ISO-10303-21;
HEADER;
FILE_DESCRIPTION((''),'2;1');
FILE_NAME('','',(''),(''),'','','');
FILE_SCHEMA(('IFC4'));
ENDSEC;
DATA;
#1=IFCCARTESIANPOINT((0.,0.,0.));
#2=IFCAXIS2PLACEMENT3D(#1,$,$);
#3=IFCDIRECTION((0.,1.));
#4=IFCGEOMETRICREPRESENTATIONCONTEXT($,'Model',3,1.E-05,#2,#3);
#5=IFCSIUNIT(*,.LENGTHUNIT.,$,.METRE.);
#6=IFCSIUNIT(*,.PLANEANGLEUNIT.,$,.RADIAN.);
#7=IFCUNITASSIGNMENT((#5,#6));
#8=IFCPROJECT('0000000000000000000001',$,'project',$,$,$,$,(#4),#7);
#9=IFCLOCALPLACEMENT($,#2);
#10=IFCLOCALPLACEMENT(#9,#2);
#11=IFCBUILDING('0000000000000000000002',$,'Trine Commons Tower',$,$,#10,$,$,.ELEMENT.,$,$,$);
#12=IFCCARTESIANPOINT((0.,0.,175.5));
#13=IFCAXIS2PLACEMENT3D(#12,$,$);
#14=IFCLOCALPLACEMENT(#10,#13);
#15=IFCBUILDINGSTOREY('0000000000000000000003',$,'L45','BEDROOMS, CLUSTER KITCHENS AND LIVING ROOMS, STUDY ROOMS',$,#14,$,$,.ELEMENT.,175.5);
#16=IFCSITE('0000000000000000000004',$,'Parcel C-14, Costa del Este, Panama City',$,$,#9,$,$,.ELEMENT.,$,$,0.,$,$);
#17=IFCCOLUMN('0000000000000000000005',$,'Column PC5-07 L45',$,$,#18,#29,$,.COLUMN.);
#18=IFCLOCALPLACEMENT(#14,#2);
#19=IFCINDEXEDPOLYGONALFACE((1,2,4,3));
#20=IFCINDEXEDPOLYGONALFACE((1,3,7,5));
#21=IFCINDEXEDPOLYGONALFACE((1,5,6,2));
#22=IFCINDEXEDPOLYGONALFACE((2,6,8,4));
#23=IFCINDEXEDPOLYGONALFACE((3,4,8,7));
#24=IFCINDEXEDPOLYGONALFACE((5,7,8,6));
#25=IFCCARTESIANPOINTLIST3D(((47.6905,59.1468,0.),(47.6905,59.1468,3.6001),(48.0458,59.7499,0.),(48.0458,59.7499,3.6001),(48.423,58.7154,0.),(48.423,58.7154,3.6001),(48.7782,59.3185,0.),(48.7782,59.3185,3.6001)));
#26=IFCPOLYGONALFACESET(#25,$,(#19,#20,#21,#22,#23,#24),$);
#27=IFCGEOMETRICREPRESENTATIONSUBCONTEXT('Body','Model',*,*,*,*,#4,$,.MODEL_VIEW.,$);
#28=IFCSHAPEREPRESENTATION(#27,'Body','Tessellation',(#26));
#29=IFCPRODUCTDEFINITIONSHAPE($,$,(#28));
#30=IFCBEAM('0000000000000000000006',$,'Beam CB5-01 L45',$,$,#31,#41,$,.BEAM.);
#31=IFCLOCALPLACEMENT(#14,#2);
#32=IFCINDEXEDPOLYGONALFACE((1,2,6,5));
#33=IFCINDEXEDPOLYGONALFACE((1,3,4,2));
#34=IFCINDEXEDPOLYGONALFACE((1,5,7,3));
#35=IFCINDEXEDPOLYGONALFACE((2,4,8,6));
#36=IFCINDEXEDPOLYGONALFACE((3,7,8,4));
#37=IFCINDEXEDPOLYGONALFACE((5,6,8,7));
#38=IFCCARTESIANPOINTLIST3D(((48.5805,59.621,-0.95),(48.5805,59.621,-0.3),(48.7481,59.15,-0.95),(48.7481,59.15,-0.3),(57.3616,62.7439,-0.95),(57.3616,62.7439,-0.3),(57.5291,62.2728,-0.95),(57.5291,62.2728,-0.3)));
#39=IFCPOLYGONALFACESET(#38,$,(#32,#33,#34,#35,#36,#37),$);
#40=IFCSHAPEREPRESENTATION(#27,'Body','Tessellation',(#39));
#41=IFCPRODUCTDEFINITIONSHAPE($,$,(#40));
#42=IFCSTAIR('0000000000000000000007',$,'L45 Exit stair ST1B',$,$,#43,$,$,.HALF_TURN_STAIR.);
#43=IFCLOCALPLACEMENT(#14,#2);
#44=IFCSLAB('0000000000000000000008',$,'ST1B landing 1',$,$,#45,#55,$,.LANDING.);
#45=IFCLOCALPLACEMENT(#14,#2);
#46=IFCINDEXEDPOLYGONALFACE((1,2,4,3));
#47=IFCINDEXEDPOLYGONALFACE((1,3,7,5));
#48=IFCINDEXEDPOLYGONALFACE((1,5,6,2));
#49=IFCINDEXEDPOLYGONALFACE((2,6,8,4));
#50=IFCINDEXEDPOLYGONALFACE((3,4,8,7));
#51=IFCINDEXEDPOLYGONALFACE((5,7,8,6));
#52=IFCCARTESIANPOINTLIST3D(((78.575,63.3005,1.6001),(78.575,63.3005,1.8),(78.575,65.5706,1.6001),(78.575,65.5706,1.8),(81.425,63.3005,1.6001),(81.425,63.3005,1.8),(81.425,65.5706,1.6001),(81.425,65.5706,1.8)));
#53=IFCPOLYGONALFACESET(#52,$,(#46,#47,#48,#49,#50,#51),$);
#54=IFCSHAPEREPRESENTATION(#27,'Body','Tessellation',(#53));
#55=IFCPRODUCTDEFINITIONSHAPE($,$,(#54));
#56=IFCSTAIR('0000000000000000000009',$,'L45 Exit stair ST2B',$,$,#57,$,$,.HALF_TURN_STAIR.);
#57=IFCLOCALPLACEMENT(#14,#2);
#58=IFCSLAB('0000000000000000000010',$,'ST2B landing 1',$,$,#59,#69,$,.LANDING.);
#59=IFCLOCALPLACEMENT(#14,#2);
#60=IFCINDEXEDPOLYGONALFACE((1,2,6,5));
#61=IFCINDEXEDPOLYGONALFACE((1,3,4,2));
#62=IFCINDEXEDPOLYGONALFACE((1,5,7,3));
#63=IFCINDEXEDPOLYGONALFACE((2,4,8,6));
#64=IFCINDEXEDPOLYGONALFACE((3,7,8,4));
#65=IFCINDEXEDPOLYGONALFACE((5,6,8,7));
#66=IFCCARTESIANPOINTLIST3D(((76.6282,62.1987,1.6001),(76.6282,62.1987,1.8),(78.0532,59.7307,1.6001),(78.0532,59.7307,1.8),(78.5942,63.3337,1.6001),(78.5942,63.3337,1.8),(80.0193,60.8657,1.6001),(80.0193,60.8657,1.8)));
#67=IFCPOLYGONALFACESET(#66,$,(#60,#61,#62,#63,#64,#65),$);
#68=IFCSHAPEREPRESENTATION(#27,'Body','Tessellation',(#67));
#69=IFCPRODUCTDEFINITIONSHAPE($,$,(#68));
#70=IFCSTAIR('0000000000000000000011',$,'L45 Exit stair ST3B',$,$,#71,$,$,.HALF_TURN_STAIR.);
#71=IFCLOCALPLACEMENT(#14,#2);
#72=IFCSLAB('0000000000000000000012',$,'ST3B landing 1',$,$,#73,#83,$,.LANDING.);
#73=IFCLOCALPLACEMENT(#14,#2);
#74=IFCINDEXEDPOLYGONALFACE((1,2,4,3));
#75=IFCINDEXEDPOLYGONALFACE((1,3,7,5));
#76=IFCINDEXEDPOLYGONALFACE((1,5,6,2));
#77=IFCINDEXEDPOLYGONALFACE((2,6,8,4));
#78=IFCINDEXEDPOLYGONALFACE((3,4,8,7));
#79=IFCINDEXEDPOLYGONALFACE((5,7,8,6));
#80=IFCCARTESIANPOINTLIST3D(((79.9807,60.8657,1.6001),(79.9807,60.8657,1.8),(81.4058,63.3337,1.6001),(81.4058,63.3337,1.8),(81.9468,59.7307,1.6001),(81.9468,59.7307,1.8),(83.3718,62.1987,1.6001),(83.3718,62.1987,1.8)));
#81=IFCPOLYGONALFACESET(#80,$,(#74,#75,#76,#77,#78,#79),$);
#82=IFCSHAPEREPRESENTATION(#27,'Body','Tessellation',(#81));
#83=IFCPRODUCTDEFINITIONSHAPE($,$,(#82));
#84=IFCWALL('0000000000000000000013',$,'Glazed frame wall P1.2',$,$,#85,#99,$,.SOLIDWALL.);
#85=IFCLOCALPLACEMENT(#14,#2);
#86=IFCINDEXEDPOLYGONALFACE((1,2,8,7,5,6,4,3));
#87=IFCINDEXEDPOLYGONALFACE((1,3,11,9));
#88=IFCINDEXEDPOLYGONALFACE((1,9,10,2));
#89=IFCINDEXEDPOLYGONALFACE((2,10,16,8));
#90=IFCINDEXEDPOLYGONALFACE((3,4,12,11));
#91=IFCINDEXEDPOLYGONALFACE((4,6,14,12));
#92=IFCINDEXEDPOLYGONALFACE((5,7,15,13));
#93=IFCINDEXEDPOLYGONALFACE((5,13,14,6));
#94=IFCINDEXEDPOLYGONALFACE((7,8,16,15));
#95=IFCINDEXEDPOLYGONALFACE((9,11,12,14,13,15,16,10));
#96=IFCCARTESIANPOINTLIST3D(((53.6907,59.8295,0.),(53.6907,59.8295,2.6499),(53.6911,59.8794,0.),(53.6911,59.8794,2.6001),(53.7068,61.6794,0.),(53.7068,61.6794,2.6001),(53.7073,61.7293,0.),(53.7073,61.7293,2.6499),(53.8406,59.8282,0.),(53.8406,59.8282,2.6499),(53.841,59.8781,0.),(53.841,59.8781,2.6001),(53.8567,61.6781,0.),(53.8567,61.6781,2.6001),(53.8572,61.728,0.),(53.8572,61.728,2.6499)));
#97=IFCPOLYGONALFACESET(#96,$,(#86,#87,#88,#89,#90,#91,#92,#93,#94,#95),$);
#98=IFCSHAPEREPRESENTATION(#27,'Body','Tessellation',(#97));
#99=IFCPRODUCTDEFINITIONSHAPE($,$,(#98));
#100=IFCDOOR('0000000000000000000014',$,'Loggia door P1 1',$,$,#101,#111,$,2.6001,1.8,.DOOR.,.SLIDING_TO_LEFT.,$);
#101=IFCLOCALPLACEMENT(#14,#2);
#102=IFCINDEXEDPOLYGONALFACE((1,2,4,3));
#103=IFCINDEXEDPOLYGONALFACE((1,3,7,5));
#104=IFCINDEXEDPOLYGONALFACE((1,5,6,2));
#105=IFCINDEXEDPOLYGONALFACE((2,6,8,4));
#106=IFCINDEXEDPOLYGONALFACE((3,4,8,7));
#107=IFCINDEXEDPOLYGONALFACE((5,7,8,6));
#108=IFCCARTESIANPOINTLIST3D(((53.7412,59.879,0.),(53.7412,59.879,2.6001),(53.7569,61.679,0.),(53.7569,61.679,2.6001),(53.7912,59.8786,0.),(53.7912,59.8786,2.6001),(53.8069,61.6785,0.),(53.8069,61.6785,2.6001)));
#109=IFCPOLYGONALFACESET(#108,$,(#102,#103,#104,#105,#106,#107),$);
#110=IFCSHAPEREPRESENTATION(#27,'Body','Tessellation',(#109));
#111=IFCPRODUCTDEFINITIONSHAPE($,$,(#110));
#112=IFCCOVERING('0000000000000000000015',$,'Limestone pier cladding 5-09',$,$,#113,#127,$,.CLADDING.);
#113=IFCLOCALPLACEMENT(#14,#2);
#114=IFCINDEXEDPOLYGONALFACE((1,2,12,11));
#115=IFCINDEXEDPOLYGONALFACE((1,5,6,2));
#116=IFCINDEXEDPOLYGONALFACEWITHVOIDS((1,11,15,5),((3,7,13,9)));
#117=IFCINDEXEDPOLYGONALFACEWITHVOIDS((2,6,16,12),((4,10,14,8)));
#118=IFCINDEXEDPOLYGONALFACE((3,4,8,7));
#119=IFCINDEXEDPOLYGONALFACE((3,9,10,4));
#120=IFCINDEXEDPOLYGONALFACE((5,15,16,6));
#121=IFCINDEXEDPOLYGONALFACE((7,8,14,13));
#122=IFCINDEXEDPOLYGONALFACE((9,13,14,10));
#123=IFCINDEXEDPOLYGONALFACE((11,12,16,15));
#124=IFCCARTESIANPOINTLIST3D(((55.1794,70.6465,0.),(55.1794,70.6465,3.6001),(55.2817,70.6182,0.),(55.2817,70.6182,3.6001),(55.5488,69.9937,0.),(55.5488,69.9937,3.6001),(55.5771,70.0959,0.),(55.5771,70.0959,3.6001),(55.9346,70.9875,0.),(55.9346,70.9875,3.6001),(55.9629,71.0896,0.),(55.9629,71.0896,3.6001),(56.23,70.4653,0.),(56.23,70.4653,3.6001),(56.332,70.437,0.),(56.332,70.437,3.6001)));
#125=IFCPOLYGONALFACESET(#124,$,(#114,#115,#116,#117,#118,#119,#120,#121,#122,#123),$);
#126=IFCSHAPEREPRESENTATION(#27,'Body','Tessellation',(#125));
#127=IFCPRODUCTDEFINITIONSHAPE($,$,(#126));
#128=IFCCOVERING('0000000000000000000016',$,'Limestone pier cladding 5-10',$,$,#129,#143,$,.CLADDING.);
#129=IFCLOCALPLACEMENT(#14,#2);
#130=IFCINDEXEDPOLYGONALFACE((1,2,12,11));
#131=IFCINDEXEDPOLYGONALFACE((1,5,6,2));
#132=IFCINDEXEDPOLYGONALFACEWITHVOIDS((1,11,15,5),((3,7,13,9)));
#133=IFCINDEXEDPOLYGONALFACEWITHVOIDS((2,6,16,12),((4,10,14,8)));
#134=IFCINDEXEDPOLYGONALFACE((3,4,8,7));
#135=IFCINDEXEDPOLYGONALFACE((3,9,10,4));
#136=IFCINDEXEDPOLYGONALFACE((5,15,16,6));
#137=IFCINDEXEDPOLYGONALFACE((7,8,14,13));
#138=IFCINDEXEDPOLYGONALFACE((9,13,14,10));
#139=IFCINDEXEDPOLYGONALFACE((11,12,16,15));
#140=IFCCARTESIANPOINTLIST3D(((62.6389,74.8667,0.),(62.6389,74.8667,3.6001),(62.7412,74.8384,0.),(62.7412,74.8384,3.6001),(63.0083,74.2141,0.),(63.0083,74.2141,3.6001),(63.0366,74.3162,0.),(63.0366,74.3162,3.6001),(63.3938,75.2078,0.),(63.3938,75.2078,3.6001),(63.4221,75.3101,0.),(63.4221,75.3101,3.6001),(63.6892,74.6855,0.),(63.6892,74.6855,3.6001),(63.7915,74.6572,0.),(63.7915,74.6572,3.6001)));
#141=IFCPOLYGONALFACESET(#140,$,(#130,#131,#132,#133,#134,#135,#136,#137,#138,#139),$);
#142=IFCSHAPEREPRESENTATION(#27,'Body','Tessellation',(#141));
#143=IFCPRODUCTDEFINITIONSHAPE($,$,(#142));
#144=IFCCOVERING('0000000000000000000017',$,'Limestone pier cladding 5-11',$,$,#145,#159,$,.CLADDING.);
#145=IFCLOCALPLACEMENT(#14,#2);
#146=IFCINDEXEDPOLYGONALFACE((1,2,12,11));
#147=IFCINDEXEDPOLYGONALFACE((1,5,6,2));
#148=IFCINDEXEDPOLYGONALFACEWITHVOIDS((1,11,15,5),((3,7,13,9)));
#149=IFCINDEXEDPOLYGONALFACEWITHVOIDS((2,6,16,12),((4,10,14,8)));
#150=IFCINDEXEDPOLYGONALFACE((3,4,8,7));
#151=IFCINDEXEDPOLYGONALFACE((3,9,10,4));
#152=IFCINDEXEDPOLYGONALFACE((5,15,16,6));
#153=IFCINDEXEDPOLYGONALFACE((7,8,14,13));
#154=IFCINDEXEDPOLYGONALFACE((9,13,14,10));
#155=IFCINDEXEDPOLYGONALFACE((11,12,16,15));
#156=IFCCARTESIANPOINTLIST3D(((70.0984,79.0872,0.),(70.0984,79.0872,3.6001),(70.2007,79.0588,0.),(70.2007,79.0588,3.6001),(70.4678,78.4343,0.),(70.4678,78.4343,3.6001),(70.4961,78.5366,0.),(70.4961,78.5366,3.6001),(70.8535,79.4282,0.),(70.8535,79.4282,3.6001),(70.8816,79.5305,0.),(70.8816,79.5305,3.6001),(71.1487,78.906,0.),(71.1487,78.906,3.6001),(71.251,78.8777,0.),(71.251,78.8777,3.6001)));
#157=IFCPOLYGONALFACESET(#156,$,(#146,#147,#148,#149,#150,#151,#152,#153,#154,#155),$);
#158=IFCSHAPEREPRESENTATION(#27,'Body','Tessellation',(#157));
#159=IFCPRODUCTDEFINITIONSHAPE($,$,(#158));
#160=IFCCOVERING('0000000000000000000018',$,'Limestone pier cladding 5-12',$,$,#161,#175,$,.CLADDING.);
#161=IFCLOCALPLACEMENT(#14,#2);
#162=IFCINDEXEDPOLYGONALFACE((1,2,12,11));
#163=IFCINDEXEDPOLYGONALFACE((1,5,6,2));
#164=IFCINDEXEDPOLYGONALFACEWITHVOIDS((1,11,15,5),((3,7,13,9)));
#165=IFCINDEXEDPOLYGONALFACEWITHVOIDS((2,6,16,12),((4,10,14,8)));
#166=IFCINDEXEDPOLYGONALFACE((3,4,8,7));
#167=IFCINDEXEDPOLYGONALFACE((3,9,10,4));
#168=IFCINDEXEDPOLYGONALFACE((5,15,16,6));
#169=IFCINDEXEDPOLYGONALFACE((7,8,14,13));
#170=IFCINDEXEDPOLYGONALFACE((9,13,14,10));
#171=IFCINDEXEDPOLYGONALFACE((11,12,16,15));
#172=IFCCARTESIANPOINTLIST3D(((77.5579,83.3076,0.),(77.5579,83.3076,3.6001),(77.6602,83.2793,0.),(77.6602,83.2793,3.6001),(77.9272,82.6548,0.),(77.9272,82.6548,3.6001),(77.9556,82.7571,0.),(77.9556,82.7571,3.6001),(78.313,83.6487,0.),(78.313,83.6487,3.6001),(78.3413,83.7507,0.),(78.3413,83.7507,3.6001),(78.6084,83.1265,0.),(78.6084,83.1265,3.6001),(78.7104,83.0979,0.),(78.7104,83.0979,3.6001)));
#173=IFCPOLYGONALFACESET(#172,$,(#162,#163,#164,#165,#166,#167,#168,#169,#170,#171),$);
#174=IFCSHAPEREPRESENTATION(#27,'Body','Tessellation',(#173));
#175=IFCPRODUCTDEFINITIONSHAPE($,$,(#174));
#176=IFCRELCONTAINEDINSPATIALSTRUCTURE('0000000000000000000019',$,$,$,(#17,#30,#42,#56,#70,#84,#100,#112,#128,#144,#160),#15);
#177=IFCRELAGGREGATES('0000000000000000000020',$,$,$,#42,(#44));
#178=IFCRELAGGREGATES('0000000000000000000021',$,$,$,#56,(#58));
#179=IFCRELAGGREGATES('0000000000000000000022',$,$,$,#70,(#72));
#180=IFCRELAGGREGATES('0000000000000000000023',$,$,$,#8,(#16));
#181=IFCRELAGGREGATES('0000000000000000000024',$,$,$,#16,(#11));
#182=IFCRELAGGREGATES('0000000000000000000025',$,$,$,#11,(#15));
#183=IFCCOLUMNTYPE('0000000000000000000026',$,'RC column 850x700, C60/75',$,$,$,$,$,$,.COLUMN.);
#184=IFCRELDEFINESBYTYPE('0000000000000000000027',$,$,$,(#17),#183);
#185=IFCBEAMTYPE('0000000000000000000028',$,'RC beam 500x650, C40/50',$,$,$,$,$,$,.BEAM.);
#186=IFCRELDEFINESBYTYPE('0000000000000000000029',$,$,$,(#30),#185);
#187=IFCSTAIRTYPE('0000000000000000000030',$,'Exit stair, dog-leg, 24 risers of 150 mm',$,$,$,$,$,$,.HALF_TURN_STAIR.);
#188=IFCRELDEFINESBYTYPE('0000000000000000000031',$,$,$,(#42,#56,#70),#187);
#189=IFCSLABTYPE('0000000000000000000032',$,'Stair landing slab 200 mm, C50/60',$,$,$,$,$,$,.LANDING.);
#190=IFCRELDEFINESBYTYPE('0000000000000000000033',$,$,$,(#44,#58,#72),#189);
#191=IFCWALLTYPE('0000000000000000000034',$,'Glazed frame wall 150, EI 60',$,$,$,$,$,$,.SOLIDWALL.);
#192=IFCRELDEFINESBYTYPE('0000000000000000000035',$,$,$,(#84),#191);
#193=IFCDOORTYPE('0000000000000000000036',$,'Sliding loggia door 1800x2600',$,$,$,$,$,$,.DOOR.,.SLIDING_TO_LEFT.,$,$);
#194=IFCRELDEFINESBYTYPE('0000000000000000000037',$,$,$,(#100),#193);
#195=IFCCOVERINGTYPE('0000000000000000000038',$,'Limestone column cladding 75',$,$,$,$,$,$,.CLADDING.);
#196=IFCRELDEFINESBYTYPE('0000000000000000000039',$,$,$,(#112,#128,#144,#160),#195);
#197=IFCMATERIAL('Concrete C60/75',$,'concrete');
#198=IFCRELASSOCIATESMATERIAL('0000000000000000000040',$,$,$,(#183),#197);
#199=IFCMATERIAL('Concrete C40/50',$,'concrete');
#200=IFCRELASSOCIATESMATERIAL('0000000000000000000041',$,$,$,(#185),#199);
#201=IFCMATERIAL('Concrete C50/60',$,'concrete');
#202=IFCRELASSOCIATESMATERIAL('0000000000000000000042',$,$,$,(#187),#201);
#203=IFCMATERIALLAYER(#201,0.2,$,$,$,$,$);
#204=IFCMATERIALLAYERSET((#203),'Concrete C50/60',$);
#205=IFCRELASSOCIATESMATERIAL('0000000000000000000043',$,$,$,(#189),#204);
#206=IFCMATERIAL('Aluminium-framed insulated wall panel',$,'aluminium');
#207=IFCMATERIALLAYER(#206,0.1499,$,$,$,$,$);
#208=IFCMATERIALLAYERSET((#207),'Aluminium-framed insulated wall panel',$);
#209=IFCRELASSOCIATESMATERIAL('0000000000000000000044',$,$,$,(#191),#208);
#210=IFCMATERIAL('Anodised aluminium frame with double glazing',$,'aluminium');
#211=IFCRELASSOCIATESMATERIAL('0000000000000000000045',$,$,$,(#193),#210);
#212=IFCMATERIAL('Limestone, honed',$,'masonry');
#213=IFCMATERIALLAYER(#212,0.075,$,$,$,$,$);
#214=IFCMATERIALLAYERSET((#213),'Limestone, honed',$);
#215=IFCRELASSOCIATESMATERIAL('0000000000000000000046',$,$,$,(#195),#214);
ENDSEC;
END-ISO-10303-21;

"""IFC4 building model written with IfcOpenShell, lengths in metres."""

from ifc_helpers import new_model, si_unit, direction, frame, frame_2d, origin, origin_2d, place, context, subcontext, project, spatial, polyline, rectangle, outline, extrude, material, layer, layer_set, material_profile, profile_set, type_object, element, fill, aggregate, save


model = new_model("IFC4")

# Units and contexts
model_context = context("Model", 3, precision=1e-05, world=origin(), true_north=direction((0.0, 1.0)))
body_context = subcontext(model_context, "Body", "Model", "MODEL_VIEW")
ifc_project = project(units=[si_unit("LENGTHUNIT", "METRE"), si_unit("PLANEANGLEUNIT", "RADIAN")], contexts=[model_context])

# Site, building, storey
site_placement = place(None, origin())
site = spatial("IfcSite", under=ifc_project, at=site_placement, Name="Parcel C-14, Costa del Este, Panama City", CompositionType="ELEMENT", RefElevation=0.0)
building_placement = place(site_placement, origin())
building = spatial("IfcBuilding", under=site, at=building_placement, Name="Trine Commons Tower", CompositionType="ELEMENT")
storey_placement = place(building_placement, frame((0.0, 0.0, 175.5)))
storey = spatial("IfcBuildingStorey", under=building, at=storey_placement, Name="L45", Description="BEDROOMS, CLUSTER KITCHENS AND LIVING ROOMS, STUDY ROOMS", CompositionType="ELEMENT", Elevation=175.5)

# Column
ifc_material_1 = material(Name="Concrete C60/75", Category="concrete")
ifc_material_profile_1 = material_profile(ifc_material_1, rectangle(XDim=0.8501, YDim=0.7, at=origin_2d()), Name="RC 850x700")
ifc_profile_set_1 = profile_set([ifc_material_profile_1], Name="Concrete C60/75")
column_type = type_object("IfcColumnType", Name="RC column 850x700, C60/75", PredefinedType="COLUMN", material=ifc_profile_set_1)
column_placement = place(storey_placement, frame((48.2344, 59.2327, 0.0), z_axis=(0.0, 0.0, 1.0), x_axis=(-0.861629, 0.507538, 0.0)))
element("IfcColumn", 1, at=column_placement, inside=storey, type_object=column_type, Name="Column PC5-07 L45", PredefinedType="COLUMN", context=body_context, shape_type="SweptSolid", body=[
    extrude(rectangle(XDim=0.8501, YDim=0.7, at=origin_2d()), origin(), (0.0, 0.0, 1.0), 3.6001),
])

# Beam
ifc_material_2 = material(Name="Concrete C40/50", Category="concrete")
ifc_material_profile_2 = material_profile(ifc_material_2, rectangle(XDim=0.5, YDim=0.6499, at=origin_2d()), Name="RC 500x650")
ifc_profile_set_2 = profile_set([ifc_material_profile_2], Name="Concrete C40/50")
beam_type = type_object("IfcBeamType", Name="RC beam 500x650, C40/50", PredefinedType="BEAM", material=ifc_profile_set_2)
beam_placement = place(storey_placement, frame((48.6643, 59.3855, -0.625), z_axis=(0.942192, 0.335073, 0.0), x_axis=(-0.335073, 0.942192, 0.0)))
element("IfcBeam", 2, at=beam_placement, inside=storey, type_object=beam_type, Name="Beam CB5-01 L45", PredefinedType="BEAM", context=body_context, shape_type="SweptSolid", body=[
    extrude(rectangle(XDim=0.5, YDim=0.6499, at=origin_2d()), origin(), (0.0, 0.0, 1.0), 9.3198),
])

# Stairs, slabs
ifc_material_3 = material(Name="Concrete C50/60", Category="concrete")
stair_type = type_object("IfcStairType", Name="Exit stair, dog-leg, 24 risers of 150 mm", PredefinedType="HALF_TURN_STAIR", material=ifc_material_3)
stair_1_placement = place(storey_placement, origin())
stair_1 = element("IfcStair", 3, at=stair_1_placement, inside=storey, type_object=stair_type, Name="L45 Exit stair ST1B", PredefinedType="HALF_TURN_STAIR")
ifc_layer_1 = layer(ifc_material_3, 0.2)
ifc_layer_set_1 = layer_set([ifc_layer_1], Name="Concrete C50/60")
slab_type = type_object("IfcSlabType", Name="Stair landing slab 200 mm, C50/60", PredefinedType="LANDING", material=ifc_layer_set_1)
slab_1_placement = place(storey_placement, frame((0.0, 0.0, 1.6001)))
slab_1 = element("IfcSlab", 4, at=slab_1_placement, type_object=slab_type, Name="ST1B landing 1", PredefinedType="LANDING", context=body_context, shape_type="SweptSolid", body=[
    extrude(outline(polyline([(78.575, 65.5706), (78.575, 63.3005), (81.425, 63.3005), (81.425, 65.5706), (78.575, 65.5706)])), origin(), (0.0, 0.0, 1.0), 0.2),
])
aggregate(stair_1, [slab_1])
stair_2_placement = place(storey_placement, origin())
stair_2 = element("IfcStair", 5, at=stair_2_placement, inside=storey, type_object=stair_type, Name="L45 Exit stair ST2B", PredefinedType="HALF_TURN_STAIR")
slab_2_placement = place(storey_placement, frame((0.0, 0.0, 1.6001)))
slab_2 = element("IfcSlab", 6, at=slab_2_placement, type_object=slab_type, Name="ST2B landing 1", PredefinedType="LANDING", context=body_context, shape_type="SweptSolid", body=[
    extrude(outline(polyline([(78.0532, 59.7307), (80.0193, 60.8657), (78.5942, 63.3337), (76.6282, 62.1987), (78.0532, 59.7307)])), origin(), (0.0, 0.0, 1.0), 0.2),
])
aggregate(stair_2, [slab_2])
stair_3_placement = place(storey_placement, origin())
stair_3 = element("IfcStair", 7, at=stair_3_placement, inside=storey, type_object=stair_type, Name="L45 Exit stair ST3B", PredefinedType="HALF_TURN_STAIR")
slab_3_placement = place(storey_placement, frame((0.0, 0.0, 1.6001)))
slab_3 = element("IfcSlab", 8, at=slab_3_placement, type_object=slab_type, Name="ST3B landing 1", PredefinedType="LANDING", context=body_context, shape_type="SweptSolid", body=[
    extrude(outline(polyline([(83.3718, 62.1987), (81.4058, 63.3337), (79.9807, 60.8657), (81.9468, 59.7307), (83.3718, 62.1987)])), origin(), (0.0, 0.0, 1.0), 0.2),
])
aggregate(stair_3, [slab_3])

# Shared definitions
ifc_material_4 = material(Name="Aluminium-framed insulated wall panel", Category="aluminium")
ifc_layer_2 = layer(ifc_material_4, 0.1499)
ifc_layer_set_2 = layer_set([ifc_layer_2], Name="Aluminium-framed insulated wall panel")
wall_type = type_object("IfcWallType", Name="Glazed frame wall 150, EI 60", PredefinedType="SOLIDWALL", material=ifc_layer_set_2)

# Wall, opening, door
wall_1_placement = place(storey_placement, frame((53.7656, 59.8289, 0.0), z_axis=(0.0, 0.0, 1.0), x_axis=(0.008738, 0.999962, 0.0)))
wall_1 = element("IfcWall", 9, at=wall_1_placement, inside=storey, type_object=wall_type, Name="Glazed frame wall P1.2", PredefinedType="SOLIDWALL", context=body_context, shape_type="SweptSolid", body=[
    extrude(outline(polyline([(0.0, -0.075), (1.8999, -0.075), (1.8999, 0.075), (0.0, 0.075), (0.0, -0.075)])), origin(), (0.0, 0.0, 1.0), 2.6499),
])
opening_placement = place(wall_1_placement, frame((0.05, 0.0, 0.0)))
opening = element("IfcOpeningElement", 10, at=opening_placement, cuts=wall_1, PredefinedType="OPENING", context=body_context, shape_type="SweptSolid", body=[
    extrude(rectangle(XDim=1.8, YDim=2.6001, at=frame_2d((0.8999, 1.3))), frame((0.0, 0.085, 0.0), z_axis=(0.0, -1.0, 0.0), x_axis=(1.0, 0.0, 0.0)), (0.0, 0.0, 1.0), 0.1699),
])
ifc_material_5 = material(Name="Anodised aluminium frame with double glazing", Category="aluminium")
door_type = type_object("IfcDoorType", Name="Sliding loggia door 1800x2600", OperationType="SLIDING_TO_LEFT", PredefinedType="DOOR", material=ifc_material_5)
door_placement = place(opening_placement, origin())
door = element("IfcDoor", 11, at=door_placement, inside=storey, type_object=door_type, Name="Loggia door P1 1", OperationType="SLIDING_TO_LEFT", OverallHeight=2.6001, OverallWidth=1.8, PredefinedType="DOOR", context=body_context, shape_type="SweptSolid", body=[
    extrude(rectangle(XDim=1.8, YDim=2.6001, at=frame_2d((0.8999, 1.3))), frame((0.0, 0.0249, 0.0), z_axis=(0.0, -1.0, 0.0), x_axis=(1.0, 0.0, 0.0)), (0.0, 0.0, 1.0), 0.05),
])
fill(opening, door)

# Coverings
ifc_material_6 = material(Name="Limestone, honed", Category="masonry")
ifc_layer_3 = layer(ifc_material_6, 0.075)
ifc_layer_set_3 = layer_set([ifc_layer_3], Name="Limestone, honed")
covering_type_1 = type_object("IfcCoveringType", Name="Limestone column cladding 75", PredefinedType="CLADDING", material=ifc_layer_set_3)
covering_1_placement = place(storey_placement, origin())
element("IfcCovering", 12, at=covering_1_placement, inside=storey, type_object=covering_type_1, Name="Limestone pier cladding 5-09", PredefinedType="CLADDING", context=body_context, shape_type="SweptSolid", body=[
    extrude(outline(polyline([(56.332, 70.437), (55.9629, 71.0896), (55.1794, 70.6465), (55.5488, 69.9937), (56.332, 70.437)]), holes=[polyline([(56.23, 70.4653), (55.9346, 70.9875), (55.2817, 70.6182), (55.5771, 70.0959), (56.23, 70.4653)])]), origin(), (0.0, 0.0, 1.0), 3.6001),
])
covering_2_placement = place(storey_placement, origin())
element("IfcCovering", 13, at=covering_2_placement, inside=storey, type_object=covering_type_1, Name="Limestone pier cladding 5-10", PredefinedType="CLADDING", context=body_context, shape_type="SweptSolid", body=[
    extrude(outline(polyline([(63.7915, 74.6572), (63.4221, 75.3101), (62.6389, 74.8667), (63.0083, 74.2141), (63.7915, 74.6572)]), holes=[polyline([(63.6892, 74.6855), (63.3938, 75.2078), (62.7412, 74.8384), (63.0366, 74.3162), (63.6892, 74.6855)])]), origin(), (0.0, 0.0, 1.0), 3.6001),
])
covering_3_placement = place(storey_placement, origin())
element("IfcCovering", 14, at=covering_3_placement, inside=storey, type_object=covering_type_1, Name="Limestone pier cladding 5-11", PredefinedType="CLADDING", context=body_context, shape_type="SweptSolid", body=[
    extrude(outline(polyline([(71.251, 78.8777), (70.8816, 79.5305), (70.0984, 79.0872), (70.4678, 78.4343), (71.251, 78.8777)]), holes=[polyline([(71.1487, 78.906), (70.8535, 79.4282), (70.2007, 79.0588), (70.4961, 78.5366), (71.1487, 78.906)])]), origin(), (0.0, 0.0, 1.0), 3.6001),
])
covering_4_placement = place(storey_placement, origin())
element("IfcCovering", 15, at=covering_4_placement, inside=storey, type_object=covering_type_1, Name="Limestone pier cladding 5-12", PredefinedType="CLADDING", context=body_context, shape_type="SweptSolid", body=[
    extrude(outline(polyline([(78.7104, 83.0979), (78.3413, 83.7507), (77.5579, 83.3076), (77.9272, 82.6548), (78.7104, 83.0979)]), holes=[polyline([(78.6084, 83.1265), (78.313, 83.6487), (77.6602, 83.2793), (77.9556, 82.7571), (78.6084, 83.1265)])]), origin(), (0.0, 0.0, 1.0), 3.6001),
])

save(model, "model.ifc")
